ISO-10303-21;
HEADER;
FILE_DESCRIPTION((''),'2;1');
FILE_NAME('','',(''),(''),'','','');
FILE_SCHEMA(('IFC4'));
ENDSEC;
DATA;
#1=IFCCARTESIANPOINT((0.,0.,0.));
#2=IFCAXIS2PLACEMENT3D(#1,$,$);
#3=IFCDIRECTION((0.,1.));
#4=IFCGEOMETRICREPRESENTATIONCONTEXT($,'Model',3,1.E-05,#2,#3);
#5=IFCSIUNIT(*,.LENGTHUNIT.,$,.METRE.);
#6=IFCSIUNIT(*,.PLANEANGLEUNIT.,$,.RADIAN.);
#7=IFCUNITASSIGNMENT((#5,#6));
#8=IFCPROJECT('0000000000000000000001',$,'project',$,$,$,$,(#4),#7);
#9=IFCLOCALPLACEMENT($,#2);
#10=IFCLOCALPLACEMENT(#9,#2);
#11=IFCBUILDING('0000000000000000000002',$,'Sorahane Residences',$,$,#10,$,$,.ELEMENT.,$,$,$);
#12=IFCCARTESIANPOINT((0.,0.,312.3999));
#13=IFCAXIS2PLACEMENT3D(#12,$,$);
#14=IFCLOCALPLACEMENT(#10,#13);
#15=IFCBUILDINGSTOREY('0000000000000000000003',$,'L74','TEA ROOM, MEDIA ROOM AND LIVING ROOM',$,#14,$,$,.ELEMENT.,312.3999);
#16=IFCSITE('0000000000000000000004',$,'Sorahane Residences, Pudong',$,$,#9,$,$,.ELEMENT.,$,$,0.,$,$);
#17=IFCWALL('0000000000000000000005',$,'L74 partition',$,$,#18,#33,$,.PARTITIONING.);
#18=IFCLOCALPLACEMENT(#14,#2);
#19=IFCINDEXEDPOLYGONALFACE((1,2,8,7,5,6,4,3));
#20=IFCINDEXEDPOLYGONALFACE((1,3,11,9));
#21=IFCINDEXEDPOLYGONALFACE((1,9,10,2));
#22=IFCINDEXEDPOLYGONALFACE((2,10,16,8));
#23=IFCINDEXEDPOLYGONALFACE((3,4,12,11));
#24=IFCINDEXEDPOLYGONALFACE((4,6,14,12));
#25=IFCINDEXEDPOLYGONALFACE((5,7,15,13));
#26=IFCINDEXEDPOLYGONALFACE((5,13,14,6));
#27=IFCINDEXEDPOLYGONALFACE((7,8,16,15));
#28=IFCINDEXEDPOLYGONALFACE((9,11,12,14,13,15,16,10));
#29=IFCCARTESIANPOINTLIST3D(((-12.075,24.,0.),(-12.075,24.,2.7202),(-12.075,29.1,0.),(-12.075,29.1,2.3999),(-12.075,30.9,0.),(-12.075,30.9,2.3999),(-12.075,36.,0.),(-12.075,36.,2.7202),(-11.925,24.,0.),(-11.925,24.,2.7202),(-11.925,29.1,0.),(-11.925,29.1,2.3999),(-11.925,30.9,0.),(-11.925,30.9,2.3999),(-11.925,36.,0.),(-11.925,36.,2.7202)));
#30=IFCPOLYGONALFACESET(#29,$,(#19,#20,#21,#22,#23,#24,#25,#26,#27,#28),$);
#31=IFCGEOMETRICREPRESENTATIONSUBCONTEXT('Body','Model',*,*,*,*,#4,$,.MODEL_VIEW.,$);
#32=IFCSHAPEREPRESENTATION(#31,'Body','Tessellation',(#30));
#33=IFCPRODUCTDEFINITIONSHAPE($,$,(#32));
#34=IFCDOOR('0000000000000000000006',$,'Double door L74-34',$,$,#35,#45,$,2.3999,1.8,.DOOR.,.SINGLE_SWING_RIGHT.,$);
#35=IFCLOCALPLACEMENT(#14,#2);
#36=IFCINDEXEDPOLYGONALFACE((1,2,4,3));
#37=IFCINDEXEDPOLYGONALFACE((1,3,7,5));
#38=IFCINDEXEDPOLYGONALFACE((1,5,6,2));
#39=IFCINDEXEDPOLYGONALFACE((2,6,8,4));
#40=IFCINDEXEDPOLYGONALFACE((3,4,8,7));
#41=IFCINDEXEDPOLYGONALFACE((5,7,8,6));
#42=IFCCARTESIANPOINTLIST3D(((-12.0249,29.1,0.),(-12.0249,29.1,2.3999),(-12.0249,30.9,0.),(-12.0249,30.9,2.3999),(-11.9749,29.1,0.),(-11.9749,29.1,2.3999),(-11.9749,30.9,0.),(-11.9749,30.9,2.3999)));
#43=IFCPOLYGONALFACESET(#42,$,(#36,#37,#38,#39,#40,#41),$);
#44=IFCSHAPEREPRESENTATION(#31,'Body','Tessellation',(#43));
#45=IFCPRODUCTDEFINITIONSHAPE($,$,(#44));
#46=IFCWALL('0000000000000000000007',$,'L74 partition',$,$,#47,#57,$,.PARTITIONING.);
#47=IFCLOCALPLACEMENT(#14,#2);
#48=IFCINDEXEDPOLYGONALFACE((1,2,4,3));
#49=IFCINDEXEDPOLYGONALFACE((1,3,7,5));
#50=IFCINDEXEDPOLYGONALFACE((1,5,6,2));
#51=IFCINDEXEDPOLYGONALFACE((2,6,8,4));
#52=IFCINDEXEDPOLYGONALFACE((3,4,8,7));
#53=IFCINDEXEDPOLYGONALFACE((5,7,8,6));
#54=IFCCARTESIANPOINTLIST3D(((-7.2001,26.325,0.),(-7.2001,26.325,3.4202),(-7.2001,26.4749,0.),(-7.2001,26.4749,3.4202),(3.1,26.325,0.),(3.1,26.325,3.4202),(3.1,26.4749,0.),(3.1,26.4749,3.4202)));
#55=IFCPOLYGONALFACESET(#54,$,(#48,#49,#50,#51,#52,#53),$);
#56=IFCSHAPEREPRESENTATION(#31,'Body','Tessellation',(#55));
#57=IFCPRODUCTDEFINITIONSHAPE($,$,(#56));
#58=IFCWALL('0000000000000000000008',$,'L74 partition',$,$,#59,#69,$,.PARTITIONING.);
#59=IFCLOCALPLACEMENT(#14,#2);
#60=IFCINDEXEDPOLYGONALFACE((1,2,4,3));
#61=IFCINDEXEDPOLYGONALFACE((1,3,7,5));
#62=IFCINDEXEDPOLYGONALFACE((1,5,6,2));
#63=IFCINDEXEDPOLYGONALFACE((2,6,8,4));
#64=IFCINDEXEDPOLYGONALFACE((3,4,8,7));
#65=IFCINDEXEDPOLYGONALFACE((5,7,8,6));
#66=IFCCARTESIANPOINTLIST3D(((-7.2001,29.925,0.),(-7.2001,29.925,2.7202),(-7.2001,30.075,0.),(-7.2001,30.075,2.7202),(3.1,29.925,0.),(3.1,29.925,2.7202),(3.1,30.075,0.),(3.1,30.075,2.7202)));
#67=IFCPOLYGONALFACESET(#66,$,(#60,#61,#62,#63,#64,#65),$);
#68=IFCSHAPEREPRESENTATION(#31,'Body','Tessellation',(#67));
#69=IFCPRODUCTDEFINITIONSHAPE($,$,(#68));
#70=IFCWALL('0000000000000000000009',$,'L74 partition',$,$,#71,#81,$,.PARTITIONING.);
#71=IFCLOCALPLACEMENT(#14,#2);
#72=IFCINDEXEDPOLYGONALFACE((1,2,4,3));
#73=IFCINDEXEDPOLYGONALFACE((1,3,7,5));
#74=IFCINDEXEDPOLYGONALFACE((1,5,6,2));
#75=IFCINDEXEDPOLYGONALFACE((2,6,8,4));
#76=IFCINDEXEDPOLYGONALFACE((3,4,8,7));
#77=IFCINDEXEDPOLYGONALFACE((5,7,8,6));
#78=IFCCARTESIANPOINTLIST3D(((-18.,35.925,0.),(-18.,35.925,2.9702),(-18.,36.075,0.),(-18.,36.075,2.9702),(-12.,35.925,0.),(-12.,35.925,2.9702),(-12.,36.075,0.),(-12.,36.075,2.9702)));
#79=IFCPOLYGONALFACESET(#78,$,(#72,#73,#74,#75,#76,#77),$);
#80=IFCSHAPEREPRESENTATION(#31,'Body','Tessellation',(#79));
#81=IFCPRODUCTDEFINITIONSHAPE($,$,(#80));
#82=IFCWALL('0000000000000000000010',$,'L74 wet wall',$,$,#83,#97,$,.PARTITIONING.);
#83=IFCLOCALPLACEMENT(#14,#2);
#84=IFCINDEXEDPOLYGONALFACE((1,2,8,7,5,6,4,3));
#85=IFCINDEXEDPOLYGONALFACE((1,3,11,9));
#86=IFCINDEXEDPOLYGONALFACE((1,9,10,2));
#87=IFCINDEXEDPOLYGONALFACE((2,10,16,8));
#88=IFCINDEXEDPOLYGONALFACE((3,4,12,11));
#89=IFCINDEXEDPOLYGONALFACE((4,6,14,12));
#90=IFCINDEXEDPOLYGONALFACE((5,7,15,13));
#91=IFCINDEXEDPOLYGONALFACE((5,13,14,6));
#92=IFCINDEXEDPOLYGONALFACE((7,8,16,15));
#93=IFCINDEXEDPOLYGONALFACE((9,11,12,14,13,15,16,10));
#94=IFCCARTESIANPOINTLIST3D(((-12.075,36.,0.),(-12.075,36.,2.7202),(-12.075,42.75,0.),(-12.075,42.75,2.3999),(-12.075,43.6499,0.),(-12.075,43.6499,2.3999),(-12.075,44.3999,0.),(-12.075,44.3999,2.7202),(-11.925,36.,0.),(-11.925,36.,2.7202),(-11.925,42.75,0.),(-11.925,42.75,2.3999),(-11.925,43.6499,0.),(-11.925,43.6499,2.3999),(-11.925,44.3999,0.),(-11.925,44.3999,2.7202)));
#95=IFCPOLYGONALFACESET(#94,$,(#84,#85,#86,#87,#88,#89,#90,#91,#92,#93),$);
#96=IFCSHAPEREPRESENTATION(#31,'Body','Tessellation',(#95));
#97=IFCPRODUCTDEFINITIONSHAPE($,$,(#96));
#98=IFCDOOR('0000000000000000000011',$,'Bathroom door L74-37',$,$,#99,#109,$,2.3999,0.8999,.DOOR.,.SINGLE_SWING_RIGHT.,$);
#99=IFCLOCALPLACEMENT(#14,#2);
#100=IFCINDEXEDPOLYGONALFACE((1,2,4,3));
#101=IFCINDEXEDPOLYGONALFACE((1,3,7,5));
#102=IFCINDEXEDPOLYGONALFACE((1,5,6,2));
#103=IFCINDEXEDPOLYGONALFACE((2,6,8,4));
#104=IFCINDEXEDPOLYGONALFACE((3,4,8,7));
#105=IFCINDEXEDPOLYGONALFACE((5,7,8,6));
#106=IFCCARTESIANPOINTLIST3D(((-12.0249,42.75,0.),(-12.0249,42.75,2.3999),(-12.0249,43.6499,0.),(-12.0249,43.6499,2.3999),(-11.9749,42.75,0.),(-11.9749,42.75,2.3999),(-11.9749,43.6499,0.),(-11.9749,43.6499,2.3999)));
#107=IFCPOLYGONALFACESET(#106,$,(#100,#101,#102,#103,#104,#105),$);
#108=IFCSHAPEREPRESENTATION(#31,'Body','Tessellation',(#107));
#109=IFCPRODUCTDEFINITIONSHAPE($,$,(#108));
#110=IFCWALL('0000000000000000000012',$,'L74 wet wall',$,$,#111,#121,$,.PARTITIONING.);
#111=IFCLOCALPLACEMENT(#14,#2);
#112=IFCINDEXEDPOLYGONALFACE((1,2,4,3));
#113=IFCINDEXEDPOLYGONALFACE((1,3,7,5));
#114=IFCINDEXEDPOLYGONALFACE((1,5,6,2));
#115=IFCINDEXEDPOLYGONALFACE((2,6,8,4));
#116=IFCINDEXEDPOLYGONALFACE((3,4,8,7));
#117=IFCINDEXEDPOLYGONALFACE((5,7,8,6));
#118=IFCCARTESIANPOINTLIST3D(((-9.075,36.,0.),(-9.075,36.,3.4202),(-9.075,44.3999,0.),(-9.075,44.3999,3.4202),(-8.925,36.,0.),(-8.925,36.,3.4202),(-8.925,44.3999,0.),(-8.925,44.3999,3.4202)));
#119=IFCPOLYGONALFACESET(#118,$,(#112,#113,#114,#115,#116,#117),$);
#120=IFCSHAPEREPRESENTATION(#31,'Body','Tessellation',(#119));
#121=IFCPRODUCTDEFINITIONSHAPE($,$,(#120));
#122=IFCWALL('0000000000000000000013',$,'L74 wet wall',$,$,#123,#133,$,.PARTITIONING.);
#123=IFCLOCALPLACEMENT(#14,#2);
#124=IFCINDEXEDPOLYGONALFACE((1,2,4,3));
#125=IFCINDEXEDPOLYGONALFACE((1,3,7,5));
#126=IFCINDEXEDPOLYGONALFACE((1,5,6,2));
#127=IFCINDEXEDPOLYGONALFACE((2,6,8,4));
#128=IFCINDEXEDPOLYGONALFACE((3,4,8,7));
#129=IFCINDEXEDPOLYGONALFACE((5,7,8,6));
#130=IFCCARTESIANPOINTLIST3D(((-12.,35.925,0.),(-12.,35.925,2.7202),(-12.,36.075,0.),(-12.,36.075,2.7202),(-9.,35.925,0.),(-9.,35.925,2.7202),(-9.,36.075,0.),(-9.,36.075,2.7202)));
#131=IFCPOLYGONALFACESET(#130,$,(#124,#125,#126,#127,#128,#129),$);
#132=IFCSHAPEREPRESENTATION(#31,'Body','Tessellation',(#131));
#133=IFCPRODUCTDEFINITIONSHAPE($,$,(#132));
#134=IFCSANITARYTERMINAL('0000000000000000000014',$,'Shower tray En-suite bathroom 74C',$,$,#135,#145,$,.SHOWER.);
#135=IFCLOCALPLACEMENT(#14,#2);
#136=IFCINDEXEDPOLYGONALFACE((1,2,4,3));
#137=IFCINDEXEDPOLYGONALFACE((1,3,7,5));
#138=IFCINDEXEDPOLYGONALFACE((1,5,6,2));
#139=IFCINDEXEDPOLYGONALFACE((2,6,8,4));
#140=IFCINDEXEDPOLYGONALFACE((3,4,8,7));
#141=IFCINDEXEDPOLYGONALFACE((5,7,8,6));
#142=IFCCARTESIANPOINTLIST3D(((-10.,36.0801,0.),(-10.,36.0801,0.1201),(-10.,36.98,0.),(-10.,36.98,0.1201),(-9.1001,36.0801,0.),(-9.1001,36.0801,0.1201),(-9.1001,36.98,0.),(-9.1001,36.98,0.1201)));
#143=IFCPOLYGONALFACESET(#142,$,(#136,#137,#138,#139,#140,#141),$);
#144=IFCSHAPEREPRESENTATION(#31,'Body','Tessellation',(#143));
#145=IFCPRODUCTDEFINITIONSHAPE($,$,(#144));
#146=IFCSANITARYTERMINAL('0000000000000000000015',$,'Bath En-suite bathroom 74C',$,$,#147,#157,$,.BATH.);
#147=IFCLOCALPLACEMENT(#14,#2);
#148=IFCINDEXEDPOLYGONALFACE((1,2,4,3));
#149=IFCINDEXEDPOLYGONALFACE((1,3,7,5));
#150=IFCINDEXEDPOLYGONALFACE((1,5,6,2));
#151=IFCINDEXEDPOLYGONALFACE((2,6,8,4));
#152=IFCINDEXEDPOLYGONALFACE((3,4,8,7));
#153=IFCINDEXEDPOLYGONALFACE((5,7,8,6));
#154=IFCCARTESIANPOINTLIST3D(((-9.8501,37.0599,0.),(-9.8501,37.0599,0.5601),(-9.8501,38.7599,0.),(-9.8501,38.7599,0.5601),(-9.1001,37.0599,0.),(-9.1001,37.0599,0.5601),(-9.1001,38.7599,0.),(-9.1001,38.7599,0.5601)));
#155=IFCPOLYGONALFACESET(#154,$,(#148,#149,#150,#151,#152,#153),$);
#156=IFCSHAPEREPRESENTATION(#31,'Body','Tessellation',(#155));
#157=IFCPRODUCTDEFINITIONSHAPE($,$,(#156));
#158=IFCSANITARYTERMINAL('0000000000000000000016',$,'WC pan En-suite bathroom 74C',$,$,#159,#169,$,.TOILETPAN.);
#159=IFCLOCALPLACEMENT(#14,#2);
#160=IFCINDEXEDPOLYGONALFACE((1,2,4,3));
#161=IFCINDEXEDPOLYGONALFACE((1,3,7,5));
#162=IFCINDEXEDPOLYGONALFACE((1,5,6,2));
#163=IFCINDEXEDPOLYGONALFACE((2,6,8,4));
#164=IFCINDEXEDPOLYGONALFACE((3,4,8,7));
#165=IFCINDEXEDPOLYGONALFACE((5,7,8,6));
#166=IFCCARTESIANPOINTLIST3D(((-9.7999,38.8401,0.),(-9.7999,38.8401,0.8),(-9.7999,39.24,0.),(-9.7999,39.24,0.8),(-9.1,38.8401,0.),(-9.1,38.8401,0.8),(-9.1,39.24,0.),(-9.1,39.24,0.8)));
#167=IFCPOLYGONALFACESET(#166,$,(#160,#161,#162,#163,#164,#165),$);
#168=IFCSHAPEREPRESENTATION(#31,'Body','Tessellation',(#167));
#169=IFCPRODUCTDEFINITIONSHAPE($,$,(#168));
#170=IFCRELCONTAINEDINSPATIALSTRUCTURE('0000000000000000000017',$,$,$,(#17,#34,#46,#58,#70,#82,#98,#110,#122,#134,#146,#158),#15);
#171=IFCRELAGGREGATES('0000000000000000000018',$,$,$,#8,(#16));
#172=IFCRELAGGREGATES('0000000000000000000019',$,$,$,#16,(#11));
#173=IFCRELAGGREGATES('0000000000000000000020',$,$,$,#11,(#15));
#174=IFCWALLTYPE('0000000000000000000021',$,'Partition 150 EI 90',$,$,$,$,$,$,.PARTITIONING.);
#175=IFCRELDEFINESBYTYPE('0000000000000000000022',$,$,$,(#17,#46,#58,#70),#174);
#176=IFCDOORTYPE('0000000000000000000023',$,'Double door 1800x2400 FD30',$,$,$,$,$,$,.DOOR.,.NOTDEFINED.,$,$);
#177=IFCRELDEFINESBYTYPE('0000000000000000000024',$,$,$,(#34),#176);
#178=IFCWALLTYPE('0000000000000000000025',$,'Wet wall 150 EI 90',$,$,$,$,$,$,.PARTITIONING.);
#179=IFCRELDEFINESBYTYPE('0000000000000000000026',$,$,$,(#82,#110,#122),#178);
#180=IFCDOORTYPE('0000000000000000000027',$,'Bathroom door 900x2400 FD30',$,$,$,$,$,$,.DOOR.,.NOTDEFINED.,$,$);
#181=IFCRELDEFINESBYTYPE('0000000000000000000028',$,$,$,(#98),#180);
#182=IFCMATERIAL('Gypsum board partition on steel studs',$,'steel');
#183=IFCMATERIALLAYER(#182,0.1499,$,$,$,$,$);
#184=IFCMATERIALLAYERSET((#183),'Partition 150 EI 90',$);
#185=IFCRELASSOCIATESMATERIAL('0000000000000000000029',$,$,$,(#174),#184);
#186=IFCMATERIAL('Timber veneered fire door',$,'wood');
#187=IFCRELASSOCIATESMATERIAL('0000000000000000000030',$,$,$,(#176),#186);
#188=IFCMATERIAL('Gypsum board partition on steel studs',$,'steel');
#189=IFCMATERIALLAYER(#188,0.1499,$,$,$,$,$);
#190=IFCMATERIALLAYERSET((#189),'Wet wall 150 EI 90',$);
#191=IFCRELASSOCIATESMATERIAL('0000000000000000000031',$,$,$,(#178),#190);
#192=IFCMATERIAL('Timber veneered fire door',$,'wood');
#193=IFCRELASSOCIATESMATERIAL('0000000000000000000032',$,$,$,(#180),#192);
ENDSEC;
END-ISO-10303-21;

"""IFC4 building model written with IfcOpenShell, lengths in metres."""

from ifc_helpers import new_model, si_unit, direction, frame, frame_2d, origin, origin_2d, place, context, subcontext, project, spatial, rectangle, extrude, material, layer, layer_set, type_object, element, fill, save


model = new_model("IFC4")

# Units and contexts
model_context = context("Model", 3, precision=1e-05, world=origin(), true_north=direction((0.0, 1.0)))
body_context = subcontext(model_context, "Body", "Model", "MODEL_VIEW")
ifc_project = project(units=[si_unit("LENGTHUNIT", "METRE"), si_unit("PLANEANGLEUNIT", "RADIAN")], contexts=[model_context])

# Site, building, storey
site_placement = place(None, origin())
site = spatial("IfcSite", under=ifc_project, at=site_placement, Name="Sorahane Residences, Pudong", CompositionType="ELEMENT", RefElevation=0.0)
building_placement = place(site_placement, origin())
building = spatial("IfcBuilding", under=site, at=building_placement, Name="Sorahane Residences", CompositionType="ELEMENT")
storey_placement = place(building_placement, frame((0.0, 0.0, 312.3999)))
storey = spatial("IfcBuildingStorey", under=building, at=storey_placement, Name="L74", Description="TEA ROOM, MEDIA ROOM AND LIVING ROOM", CompositionType="ELEMENT", Elevation=312.3999)

# Wall, opening, door
ifc_material_1 = material(Name="Gypsum board partition on steel studs", Category="steel")
ifc_layer_1 = layer(ifc_material_1, 0.1499)
ifc_layer_set_1 = layer_set([ifc_layer_1], Name="Partition 150 EI 90")
wall_type_1 = type_object("IfcWallType", Name="Partition 150 EI 90", PredefinedType="PARTITIONING", material=ifc_layer_set_1)
wall_1_placement = place(storey_placement, frame((-12.0, 24.0, 0.0), z_axis=(0.0, 0.0, 1.0), x_axis=(0.0, 1.0, 0.0)))
wall_1 = element("IfcWall", 1, at=wall_1_placement, inside=storey, type_object=wall_type_1, Name="L74 partition", PredefinedType="PARTITIONING", context=body_context, shape_type="SweptSolid", body=[
    extrude(rectangle(XDim=12.0, YDim=0.1499, at=frame_2d((6.0, 0.0))), origin(), (0.0, 0.0, 1.0), 2.7202),
])
opening_1_placement = place(wall_1_placement, frame((5.1001, 0.0, 0.0)))
opening_1 = element("IfcOpeningElement", 2, at=opening_1_placement, cuts=wall_1, PredefinedType="OPENING", context=body_context, shape_type="SweptSolid", body=[
    extrude(rectangle(XDim=1.8, YDim=2.3999, at=frame_2d((0.8999, 1.2))), frame((0.0, 0.085, 0.0), z_axis=(0.0, -1.0, 0.0), x_axis=(1.0, 0.0, 0.0)), (0.0, 0.0, 1.0), 0.1699),
])
ifc_material_2 = material(Name="Timber veneered fire door", Category="wood")
door_type_1 = type_object("IfcDoorType", Name="Double door 1800x2400 FD30", OperationType="NOTDEFINED", PredefinedType="DOOR", material=ifc_material_2)
door_1_placement = place(opening_1_placement, origin())
door_1 = element("IfcDoor", 3, at=door_1_placement, inside=storey, type_object=door_type_1, Name="Double door L74-34", OperationType="SINGLE_SWING_RIGHT", OverallHeight=2.3999, OverallWidth=1.8, PredefinedType="DOOR", context=body_context, shape_type="SweptSolid", body=[
    extrude(rectangle(XDim=1.8, YDim=2.3999, at=frame_2d((0.8999, 1.2))), frame((0.0, 0.0249, 0.0), z_axis=(0.0, -1.0, 0.0), x_axis=(1.0, 0.0, 0.0)), (0.0, 0.0, 1.0), 0.05),
])
fill(opening_1, door_1)

# Walls
wall_2_placement = place(storey_placement, frame((-7.2, 26.3999, 0.0), z_axis=(0.0, 0.0, 1.0), x_axis=(1.0, 0.0, 0.0)))
element("IfcWall", 4, at=wall_2_placement, inside=storey, type_object=wall_type_1, Name="L74 partition", PredefinedType="PARTITIONING", context=body_context, shape_type="SweptSolid", body=[
    extrude(rectangle(XDim=10.3, YDim=0.1499, at=frame_2d((5.1499, 0.0))), origin(), (0.0, 0.0, 1.0), 3.4202),
])
wall_3_placement = place(storey_placement, frame((-7.2, 30.0, 0.0), z_axis=(0.0, 0.0, 1.0), x_axis=(1.0, 0.0, 0.0)))
element("IfcWall", 5, at=wall_3_placement, inside=storey, type_object=wall_type_1, Name="L74 partition", PredefinedType="PARTITIONING", context=body_context, shape_type="SweptSolid", body=[
    extrude(rectangle(XDim=10.3, YDim=0.1499, at=frame_2d((5.1499, 0.0))), origin(), (0.0, 0.0, 1.0), 2.7202),
])
wall_4_placement = place(storey_placement, frame((-18.0, 36.0, 0.0), z_axis=(0.0, 0.0, 1.0), x_axis=(1.0, 0.0, 0.0)))
element("IfcWall", 6, at=wall_4_placement, inside=storey, type_object=wall_type_1, Name="L74 partition", PredefinedType="PARTITIONING", context=body_context, shape_type="SweptSolid", body=[
    extrude(rectangle(XDim=6.0, YDim=0.1499, at=frame_2d((3.0, 0.0))), origin(), (0.0, 0.0, 1.0), 2.9702),
])

# Wall, opening, door
ifc_material_3 = material(Name="Gypsum board partition on steel studs", Category="steel")
ifc_layer_2 = layer(ifc_material_3, 0.1499)
ifc_layer_set_2 = layer_set([ifc_layer_2], Name="Wet wall 150 EI 90")
wall_type_2 = type_object("IfcWallType", Name="Wet wall 150 EI 90", PredefinedType="PARTITIONING", material=ifc_layer_set_2)
wall_5_placement = place(storey_placement, frame((-12.0, 36.0, 0.0), z_axis=(0.0, 0.0, 1.0), x_axis=(0.0, 1.0, 0.0)))
wall_5 = element("IfcWall", 7, at=wall_5_placement, inside=storey, type_object=wall_type_2, Name="L74 wet wall", PredefinedType="PARTITIONING", context=body_context, shape_type="SweptSolid", body=[
    extrude(rectangle(XDim=8.3999, YDim=0.1499, at=frame_2d((4.2, 0.0))), origin(), (0.0, 0.0, 1.0), 2.7202),
])
opening_2_placement = place(wall_5_placement, frame((6.75, 0.0, 0.0)))
opening_2 = element("IfcOpeningElement", 8, at=opening_2_placement, cuts=wall_5, PredefinedType="OPENING", context=body_context, shape_type="SweptSolid", body=[
    extrude(rectangle(XDim=0.8999, YDim=2.3999, at=frame_2d((0.45, 1.2))), frame((0.0, 0.085, 0.0), z_axis=(0.0, -1.0, 0.0), x_axis=(1.0, 0.0, 0.0)), (0.0, 0.0, 1.0), 0.1699),
])
ifc_material_4 = material(Name="Timber veneered fire door", Category="wood")
door_type_2 = type_object("IfcDoorType", Name="Bathroom door 900x2400 FD30", OperationType="NOTDEFINED", PredefinedType="DOOR", material=ifc_material_4)
door_2_placement = place(opening_2_placement, origin())
door_2 = element("IfcDoor", 9, at=door_2_placement, inside=storey, type_object=door_type_2, Name="Bathroom door L74-37", OperationType="SINGLE_SWING_RIGHT", OverallHeight=2.3999, OverallWidth=0.8999, PredefinedType="DOOR", context=body_context, shape_type="SweptSolid", body=[
    extrude(rectangle(XDim=0.8999, YDim=2.3999, at=frame_2d((0.45, 1.2))), frame((0.0, 0.0249, 0.0), z_axis=(0.0, -1.0, 0.0), x_axis=(1.0, 0.0, 0.0)), (0.0, 0.0, 1.0), 0.05),
])
fill(opening_2, door_2)

# Walls
wall_6_placement = place(storey_placement, frame((-9.0, 36.0, 0.0), z_axis=(0.0, 0.0, 1.0), x_axis=(0.0, 1.0, 0.0)))
element("IfcWall", 10, at=wall_6_placement, inside=storey, type_object=wall_type_2, Name="L74 wet wall", PredefinedType="PARTITIONING", context=body_context, shape_type="SweptSolid", body=[
    extrude(rectangle(XDim=8.3999, YDim=0.1499, at=frame_2d((4.2, 0.0))), origin(), (0.0, 0.0, 1.0), 3.4202),
])
wall_7_placement = place(storey_placement, frame((-12.0, 36.0, 0.0), z_axis=(0.0, 0.0, 1.0), x_axis=(1.0, 0.0, 0.0)))
element("IfcWall", 11, at=wall_7_placement, inside=storey, type_object=wall_type_2, Name="L74 wet wall", PredefinedType="PARTITIONING", context=body_context, shape_type="SweptSolid", body=[
    extrude(rectangle(XDim=3.0, YDim=0.1499, at=frame_2d((1.5, 0.0))), origin(), (0.0, 0.0, 1.0), 2.7202),
])

# Sanitary terminals
sanitary_terminal_1_placement = place(storey_placement, frame((-9.55, 36.53, 0.0), z_axis=(0.0, 0.0, 1.0), x_axis=(0.0, -1.0, 0.0)))
element("IfcSanitaryTerminal", 12, at=sanitary_terminal_1_placement, inside=storey, Name="Shower tray En-suite bathroom 74C", PredefinedType="SHOWER", context=body_context, shape_type="SweptSolid", body=[
    extrude(rectangle(XDim=0.8999, YDim=0.8999, at=origin_2d()), origin(), (0.0, 0.0, 1.0), 0.1201),
])
sanitary_terminal_2_placement = place(storey_placement, frame((-9.4751, 37.9099, 0.0), z_axis=(0.0, 0.0, 1.0), x_axis=(0.0, -1.0, 0.0)))
element("IfcSanitaryTerminal", 13, at=sanitary_terminal_2_placement, inside=storey, Name="Bath En-suite bathroom 74C", PredefinedType="BATH", context=body_context, shape_type="SweptSolid", body=[
    extrude(rectangle(XDim=1.7, YDim=0.75, at=origin_2d()), origin(), (0.0, 0.0, 1.0), 0.5601),
])
sanitary_terminal_3_placement = place(storey_placement, frame((-9.45, 39.04, 0.0), z_axis=(0.0, 0.0, 1.0), x_axis=(0.0, -1.0, 0.0)))
element("IfcSanitaryTerminal", 14, at=sanitary_terminal_3_placement, inside=storey, Name="WC pan En-suite bathroom 74C", PredefinedType="TOILETPAN", context=body_context, shape_type="SweptSolid", body=[
    extrude(rectangle(XDim=0.3999, YDim=0.7, at=origin_2d()), origin(), (0.0, 0.0, 1.0), 0.8),
])

save(model, "model.ifc")
